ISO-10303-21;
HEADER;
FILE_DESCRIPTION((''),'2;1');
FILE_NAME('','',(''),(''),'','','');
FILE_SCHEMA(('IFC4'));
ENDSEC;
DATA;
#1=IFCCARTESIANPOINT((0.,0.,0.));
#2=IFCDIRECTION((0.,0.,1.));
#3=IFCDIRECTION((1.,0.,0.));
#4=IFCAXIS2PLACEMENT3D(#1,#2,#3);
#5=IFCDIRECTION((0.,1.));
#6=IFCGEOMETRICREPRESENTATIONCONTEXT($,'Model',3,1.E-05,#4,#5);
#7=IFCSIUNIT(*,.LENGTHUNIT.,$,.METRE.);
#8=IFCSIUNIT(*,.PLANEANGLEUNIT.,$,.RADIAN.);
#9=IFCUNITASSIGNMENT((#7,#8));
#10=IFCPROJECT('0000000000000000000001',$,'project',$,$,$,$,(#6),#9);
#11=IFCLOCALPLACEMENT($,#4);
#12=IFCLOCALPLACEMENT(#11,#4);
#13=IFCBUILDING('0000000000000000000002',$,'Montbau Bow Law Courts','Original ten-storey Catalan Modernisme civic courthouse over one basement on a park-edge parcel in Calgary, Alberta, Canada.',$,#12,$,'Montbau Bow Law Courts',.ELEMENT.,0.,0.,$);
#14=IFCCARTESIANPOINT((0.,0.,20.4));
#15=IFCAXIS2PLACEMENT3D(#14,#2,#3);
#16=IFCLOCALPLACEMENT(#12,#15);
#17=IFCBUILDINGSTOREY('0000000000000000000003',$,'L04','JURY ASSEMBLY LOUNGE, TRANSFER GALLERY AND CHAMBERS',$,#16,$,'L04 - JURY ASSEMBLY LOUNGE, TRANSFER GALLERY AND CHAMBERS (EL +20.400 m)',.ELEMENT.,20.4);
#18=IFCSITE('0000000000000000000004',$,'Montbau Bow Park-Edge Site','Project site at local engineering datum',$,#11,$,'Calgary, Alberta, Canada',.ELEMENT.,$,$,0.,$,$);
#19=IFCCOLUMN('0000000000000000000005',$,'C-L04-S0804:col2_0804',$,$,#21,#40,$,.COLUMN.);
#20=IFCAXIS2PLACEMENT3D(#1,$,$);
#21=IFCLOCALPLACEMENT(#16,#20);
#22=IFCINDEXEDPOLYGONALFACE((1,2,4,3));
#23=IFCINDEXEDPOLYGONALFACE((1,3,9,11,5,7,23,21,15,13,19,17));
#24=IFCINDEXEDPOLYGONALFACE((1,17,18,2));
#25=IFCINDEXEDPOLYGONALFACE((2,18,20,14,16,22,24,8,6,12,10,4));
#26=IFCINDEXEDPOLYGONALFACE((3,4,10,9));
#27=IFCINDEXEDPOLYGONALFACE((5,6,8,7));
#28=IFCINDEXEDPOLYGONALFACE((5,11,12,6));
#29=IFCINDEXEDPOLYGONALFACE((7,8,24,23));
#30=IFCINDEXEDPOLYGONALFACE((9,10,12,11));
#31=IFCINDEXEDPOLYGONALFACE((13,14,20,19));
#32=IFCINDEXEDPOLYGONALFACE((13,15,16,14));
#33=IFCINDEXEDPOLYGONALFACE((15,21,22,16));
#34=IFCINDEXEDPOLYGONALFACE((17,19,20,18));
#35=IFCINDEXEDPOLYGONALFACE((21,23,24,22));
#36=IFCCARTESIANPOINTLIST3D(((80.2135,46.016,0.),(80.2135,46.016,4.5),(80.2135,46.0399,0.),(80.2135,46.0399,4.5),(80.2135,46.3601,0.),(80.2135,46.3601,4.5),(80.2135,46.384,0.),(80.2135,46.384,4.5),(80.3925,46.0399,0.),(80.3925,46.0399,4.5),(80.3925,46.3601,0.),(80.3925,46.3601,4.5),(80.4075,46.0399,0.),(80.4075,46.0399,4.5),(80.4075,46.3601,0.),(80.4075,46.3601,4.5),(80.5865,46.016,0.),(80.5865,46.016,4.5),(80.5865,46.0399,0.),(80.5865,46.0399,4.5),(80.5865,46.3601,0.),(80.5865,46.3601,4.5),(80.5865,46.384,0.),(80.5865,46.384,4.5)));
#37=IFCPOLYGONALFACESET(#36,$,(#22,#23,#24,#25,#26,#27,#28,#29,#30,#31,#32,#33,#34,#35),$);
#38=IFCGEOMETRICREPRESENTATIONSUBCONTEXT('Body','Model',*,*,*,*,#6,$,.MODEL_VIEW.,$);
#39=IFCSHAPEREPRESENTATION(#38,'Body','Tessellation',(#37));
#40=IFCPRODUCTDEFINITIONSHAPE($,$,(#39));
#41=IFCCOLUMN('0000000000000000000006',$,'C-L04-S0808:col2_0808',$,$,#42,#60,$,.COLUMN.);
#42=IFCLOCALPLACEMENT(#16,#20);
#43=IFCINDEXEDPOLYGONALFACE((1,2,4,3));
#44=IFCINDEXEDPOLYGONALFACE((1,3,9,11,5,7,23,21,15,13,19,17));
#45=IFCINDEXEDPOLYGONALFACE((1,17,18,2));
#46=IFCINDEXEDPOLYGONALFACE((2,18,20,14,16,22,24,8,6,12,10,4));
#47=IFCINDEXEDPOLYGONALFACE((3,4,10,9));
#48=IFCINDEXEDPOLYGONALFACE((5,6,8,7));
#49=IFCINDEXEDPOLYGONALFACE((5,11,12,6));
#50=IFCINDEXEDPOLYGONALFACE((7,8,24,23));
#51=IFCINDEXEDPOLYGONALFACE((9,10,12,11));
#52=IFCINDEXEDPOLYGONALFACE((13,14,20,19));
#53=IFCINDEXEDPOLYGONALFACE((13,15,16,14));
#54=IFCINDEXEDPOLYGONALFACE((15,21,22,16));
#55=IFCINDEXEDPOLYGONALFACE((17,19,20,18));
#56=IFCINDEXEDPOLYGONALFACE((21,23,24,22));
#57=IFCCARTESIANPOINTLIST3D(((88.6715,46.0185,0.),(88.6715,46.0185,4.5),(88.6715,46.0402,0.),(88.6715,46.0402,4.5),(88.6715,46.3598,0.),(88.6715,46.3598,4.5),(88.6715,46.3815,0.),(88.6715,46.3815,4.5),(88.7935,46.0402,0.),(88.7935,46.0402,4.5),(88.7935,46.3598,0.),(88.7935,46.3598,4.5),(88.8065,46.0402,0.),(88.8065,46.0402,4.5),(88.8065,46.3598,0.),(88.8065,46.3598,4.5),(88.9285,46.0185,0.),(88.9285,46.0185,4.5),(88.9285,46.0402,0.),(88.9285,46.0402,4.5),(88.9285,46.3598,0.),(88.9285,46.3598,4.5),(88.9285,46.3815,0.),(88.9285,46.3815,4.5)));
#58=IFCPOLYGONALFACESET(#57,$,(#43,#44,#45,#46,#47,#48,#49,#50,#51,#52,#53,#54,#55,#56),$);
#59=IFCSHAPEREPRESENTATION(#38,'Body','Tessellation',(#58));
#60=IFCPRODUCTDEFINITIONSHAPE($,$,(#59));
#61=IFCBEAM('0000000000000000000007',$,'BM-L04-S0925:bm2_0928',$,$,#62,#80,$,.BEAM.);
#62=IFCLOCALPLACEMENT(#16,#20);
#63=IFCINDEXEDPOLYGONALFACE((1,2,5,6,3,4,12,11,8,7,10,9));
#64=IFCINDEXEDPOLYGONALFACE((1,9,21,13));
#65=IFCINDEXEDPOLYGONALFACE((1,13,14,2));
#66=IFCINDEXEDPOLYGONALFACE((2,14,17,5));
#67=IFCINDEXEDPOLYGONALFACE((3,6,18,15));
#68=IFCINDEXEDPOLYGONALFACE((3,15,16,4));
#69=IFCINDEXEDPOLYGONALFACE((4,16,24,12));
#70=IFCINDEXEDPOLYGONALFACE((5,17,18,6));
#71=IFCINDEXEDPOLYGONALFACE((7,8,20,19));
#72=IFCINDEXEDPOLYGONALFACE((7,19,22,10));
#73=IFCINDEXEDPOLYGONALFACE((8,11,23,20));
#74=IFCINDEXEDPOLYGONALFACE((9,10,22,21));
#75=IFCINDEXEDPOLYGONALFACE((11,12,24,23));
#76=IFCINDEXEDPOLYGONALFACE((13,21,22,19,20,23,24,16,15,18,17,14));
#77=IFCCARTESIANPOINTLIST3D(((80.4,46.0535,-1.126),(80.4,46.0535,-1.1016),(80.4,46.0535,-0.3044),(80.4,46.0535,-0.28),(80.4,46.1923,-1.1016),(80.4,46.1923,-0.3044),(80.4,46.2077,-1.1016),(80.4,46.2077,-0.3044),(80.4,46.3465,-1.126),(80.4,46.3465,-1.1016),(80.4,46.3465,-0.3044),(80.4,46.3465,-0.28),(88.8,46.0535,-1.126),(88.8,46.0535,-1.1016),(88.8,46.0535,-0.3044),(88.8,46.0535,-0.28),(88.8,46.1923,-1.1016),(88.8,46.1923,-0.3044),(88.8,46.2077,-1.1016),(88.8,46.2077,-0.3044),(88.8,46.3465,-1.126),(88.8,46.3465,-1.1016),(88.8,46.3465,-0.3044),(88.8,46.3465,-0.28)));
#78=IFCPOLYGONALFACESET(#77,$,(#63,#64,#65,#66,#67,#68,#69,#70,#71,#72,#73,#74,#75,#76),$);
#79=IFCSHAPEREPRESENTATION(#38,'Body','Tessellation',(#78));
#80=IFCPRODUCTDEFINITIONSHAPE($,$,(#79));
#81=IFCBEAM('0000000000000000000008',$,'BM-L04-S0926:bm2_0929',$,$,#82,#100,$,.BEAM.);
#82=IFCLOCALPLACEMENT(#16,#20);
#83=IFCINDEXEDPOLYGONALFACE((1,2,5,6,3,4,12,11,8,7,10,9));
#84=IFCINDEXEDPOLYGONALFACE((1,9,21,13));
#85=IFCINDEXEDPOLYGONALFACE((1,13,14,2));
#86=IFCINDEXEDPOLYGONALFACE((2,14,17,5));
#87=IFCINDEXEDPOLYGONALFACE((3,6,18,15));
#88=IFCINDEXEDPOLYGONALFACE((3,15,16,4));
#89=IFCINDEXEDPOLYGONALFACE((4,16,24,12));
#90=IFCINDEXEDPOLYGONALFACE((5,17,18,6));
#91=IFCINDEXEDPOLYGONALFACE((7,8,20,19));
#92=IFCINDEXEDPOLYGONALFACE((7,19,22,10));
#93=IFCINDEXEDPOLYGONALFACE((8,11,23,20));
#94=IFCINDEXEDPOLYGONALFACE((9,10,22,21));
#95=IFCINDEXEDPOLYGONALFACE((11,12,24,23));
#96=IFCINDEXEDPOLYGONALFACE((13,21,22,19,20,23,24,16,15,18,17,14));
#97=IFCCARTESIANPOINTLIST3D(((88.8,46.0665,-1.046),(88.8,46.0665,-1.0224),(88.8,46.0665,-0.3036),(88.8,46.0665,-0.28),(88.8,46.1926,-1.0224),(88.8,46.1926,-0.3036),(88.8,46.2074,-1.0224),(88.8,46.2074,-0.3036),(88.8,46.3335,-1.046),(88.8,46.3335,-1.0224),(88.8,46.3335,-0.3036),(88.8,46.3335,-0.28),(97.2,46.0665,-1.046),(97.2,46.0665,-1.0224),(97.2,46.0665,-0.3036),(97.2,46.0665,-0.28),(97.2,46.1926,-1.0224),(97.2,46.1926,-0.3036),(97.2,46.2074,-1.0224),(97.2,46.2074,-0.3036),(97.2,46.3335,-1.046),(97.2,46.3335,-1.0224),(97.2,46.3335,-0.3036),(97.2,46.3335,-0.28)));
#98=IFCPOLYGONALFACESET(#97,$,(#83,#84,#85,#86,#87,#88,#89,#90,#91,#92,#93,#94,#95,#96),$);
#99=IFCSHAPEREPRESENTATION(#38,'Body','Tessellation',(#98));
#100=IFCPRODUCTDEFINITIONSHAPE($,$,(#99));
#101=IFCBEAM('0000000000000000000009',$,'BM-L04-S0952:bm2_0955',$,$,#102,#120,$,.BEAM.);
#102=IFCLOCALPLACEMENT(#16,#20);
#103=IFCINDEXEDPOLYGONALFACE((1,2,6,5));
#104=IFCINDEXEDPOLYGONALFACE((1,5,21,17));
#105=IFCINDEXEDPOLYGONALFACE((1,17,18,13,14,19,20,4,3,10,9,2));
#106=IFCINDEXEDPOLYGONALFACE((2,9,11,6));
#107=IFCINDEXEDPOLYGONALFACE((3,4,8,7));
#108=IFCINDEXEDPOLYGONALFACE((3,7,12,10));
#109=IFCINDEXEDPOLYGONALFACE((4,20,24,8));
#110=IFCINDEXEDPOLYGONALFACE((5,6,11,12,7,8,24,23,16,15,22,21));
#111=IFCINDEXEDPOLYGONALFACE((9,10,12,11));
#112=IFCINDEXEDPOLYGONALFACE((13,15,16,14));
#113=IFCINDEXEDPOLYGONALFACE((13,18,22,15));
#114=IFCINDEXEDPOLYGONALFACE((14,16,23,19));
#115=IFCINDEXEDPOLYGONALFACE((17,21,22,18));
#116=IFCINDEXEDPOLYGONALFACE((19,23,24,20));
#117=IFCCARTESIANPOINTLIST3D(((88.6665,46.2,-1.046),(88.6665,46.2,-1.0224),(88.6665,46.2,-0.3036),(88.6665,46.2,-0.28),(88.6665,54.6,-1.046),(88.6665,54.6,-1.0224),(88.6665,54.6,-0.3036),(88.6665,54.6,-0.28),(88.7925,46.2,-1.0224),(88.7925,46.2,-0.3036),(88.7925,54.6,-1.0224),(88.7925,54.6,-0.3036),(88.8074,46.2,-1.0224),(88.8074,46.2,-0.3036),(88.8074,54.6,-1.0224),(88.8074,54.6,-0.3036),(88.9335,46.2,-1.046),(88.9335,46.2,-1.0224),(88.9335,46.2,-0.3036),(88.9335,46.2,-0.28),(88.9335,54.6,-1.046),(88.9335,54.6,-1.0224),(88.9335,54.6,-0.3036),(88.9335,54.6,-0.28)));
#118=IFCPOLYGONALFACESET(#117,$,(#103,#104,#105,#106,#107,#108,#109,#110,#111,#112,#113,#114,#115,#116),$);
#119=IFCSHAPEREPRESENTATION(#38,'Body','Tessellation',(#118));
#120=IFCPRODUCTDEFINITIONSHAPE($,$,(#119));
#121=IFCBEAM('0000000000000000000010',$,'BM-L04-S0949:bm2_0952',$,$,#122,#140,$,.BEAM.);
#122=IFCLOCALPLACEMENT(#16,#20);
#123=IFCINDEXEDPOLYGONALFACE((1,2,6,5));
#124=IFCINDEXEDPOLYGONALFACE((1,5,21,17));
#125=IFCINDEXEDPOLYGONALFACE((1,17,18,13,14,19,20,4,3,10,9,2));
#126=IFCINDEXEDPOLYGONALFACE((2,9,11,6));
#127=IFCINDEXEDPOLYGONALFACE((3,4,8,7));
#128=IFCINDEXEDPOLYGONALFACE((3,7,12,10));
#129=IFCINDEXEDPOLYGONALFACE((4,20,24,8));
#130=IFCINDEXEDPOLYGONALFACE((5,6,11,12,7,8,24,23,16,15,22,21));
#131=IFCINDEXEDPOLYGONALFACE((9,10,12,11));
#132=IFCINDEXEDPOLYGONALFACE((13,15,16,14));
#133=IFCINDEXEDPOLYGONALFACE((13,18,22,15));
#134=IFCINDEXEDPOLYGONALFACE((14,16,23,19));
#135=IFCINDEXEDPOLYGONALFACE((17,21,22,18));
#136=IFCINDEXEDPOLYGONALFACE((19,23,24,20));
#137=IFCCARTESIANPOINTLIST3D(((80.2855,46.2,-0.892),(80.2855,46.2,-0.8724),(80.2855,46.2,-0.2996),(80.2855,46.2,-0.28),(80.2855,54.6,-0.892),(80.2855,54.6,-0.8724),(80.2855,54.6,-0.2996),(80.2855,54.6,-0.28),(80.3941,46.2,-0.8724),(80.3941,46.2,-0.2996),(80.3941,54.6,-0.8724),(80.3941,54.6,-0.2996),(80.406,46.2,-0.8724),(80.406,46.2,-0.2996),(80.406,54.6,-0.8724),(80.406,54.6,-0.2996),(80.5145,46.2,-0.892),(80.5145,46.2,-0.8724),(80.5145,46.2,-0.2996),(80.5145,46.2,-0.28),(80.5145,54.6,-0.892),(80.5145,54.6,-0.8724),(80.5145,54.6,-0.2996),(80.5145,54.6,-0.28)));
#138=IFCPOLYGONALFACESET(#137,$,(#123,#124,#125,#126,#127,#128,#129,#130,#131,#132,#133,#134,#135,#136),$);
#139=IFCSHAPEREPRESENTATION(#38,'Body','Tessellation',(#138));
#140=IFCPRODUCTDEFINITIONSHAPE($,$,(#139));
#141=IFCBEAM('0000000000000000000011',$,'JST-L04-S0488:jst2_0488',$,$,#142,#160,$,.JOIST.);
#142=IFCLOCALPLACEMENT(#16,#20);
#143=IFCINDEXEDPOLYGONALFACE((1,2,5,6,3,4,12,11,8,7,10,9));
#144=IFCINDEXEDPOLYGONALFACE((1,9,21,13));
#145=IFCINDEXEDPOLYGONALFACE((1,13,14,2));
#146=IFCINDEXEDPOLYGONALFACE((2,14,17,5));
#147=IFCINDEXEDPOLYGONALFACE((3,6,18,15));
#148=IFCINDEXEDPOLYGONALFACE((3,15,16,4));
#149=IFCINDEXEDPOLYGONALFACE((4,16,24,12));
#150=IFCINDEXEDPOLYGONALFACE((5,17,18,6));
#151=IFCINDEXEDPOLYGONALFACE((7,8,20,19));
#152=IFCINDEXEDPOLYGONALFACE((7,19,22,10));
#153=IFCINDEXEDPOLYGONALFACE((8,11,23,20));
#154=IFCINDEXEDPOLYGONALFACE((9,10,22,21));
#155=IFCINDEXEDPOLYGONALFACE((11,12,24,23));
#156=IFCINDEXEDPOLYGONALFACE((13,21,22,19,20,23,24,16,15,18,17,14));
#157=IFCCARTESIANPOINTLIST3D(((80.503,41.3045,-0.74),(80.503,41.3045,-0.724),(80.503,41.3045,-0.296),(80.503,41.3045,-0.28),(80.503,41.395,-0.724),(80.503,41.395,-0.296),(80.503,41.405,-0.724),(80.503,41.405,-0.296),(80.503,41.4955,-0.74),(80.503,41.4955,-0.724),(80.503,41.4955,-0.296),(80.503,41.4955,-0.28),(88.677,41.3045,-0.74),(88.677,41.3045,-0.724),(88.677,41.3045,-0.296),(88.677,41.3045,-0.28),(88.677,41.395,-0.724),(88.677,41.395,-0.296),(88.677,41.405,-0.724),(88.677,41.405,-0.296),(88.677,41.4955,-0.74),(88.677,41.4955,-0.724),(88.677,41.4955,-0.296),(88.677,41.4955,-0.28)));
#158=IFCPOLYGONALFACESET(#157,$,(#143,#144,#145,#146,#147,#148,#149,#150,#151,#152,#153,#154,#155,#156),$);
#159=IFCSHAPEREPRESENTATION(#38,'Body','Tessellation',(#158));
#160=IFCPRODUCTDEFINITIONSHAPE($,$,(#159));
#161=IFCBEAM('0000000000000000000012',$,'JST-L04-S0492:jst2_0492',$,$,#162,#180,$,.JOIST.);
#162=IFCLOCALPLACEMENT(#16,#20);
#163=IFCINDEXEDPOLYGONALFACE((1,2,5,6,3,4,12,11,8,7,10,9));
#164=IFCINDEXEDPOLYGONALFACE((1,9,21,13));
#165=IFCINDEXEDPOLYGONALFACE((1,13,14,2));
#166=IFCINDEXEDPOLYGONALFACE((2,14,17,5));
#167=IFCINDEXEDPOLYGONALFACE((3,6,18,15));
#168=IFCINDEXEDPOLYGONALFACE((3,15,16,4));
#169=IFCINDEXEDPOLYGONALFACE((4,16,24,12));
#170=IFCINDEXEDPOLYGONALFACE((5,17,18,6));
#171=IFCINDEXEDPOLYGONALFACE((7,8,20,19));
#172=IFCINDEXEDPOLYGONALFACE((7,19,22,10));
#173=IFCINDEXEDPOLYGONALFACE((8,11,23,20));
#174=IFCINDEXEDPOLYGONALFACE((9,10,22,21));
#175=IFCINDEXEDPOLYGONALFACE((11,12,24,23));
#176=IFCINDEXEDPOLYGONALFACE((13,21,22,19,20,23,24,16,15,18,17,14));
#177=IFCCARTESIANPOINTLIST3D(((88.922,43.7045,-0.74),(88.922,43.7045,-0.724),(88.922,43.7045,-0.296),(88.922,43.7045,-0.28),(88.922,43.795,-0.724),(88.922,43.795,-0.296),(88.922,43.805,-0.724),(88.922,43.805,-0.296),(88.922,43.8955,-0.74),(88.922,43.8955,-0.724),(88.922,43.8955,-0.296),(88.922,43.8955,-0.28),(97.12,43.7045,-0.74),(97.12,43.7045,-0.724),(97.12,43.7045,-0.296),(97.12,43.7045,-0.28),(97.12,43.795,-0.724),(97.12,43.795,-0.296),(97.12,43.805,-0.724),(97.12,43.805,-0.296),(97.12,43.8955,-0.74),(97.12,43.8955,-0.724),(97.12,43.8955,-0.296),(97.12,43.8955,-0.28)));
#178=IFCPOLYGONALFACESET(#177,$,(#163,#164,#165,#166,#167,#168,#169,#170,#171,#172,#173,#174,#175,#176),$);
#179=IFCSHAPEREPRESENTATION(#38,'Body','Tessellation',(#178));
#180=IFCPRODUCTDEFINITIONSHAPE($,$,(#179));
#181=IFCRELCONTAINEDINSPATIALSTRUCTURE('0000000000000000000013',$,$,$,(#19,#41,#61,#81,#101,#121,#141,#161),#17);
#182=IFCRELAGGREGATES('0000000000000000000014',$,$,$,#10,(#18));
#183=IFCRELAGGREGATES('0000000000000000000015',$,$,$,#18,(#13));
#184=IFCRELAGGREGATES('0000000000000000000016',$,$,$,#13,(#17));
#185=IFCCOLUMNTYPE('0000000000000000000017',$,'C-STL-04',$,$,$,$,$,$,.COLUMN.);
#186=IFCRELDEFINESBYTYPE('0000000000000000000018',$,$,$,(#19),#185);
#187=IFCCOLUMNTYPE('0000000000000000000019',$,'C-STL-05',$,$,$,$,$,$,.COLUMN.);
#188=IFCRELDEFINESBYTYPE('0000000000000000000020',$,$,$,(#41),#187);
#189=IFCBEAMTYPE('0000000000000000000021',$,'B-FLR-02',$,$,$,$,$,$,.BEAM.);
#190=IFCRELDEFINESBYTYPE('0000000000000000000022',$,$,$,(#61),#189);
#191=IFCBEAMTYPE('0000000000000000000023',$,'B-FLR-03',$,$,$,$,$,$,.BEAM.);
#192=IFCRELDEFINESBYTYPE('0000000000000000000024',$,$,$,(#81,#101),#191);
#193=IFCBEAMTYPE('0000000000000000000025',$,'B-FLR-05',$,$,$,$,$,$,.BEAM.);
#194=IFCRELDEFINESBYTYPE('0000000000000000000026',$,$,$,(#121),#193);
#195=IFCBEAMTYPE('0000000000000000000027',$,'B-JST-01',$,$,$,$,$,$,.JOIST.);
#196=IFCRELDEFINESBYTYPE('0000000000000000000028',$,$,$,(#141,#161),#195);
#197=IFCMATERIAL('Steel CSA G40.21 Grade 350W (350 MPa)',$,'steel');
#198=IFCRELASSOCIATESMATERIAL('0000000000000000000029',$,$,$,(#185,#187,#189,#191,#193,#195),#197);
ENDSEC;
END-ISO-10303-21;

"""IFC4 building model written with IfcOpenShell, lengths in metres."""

from ifc_helpers import new_model, si_unit, direction, frame, origin_with_axes, origin_2d_with_axis, place, context, subcontext, project, spatial, i_section, extrude, material, material_profile, profile_set, type_object, element, save


model = new_model("IFC4")

# Units and contexts
model_context = context("Model", 3, precision=1e-05, world=origin_with_axes(), true_north=direction((0.0, 1.0)))
body_context = subcontext(model_context, "Body", "Model", "MODEL_VIEW")
ifc_project = project(units=[si_unit("LENGTHUNIT", "METRE"), si_unit("PLANEANGLEUNIT", "RADIAN")], contexts=[model_context])

# Site, building, storey
site_placement = place(None, origin_with_axes())
site = spatial("IfcSite", under=ifc_project, at=site_placement, Name="Montbau Bow Park-Edge Site", Description="Project site at local engineering datum", LongName="Calgary, Alberta, Canada", CompositionType="ELEMENT", RefElevation=0.0)
building_placement = place(site_placement, origin_with_axes())
building = spatial("IfcBuilding", under=site, at=building_placement, Name="Montbau Bow Law Courts", Description="Original ten-storey Catalan Modernisme civic courthouse over one basement on a park-edge parcel in Calgary, Alberta, Canada.", LongName="Montbau Bow Law Courts", CompositionType="ELEMENT", ElevationOfRefHeight=0.0, ElevationOfTerrain=0.0)
storey_placement = place(building_placement, frame((0.0, 0.0, 20.4), z_axis=(0.0, 0.0, 1.0), x_axis=(1.0, 0.0, 0.0)))
storey = spatial("IfcBuildingStorey", under=building, at=storey_placement, Name="L04", Description="JURY ASSEMBLY LOUNGE, TRANSFER GALLERY AND CHAMBERS", LongName="L04 - JURY ASSEMBLY LOUNGE, TRANSFER GALLERY AND CHAMBERS (EL +20.400 m)", CompositionType="ELEMENT", Elevation=20.4)

# Columns
ifc_material_1 = material(Name="Steel CSA G40.21 Grade 350W (350 MPa)", Category="steel")
ifc_material_profile_1 = material_profile(ifc_material_1, i_section(OverallWidth=0.373, OverallDepth=0.368, WebThickness=0.015, FlangeThickness=0.0239, at=origin_2d_with_axis()), Name="W360X179", Category="Main", Priority=0)
ifc_profile_set_1 = profile_set([ifc_material_profile_1], Name="Steel CSA G40.21 Grade 350W (350 MPa)")
column_type_1 = type_object("IfcColumnType", Name="C-STL-04", PredefinedType="COLUMN", material=ifc_profile_set_1)
column_1_placement = place(None, frame((80.4, 46.2, 20.4), z_axis=(0.0, 0.0, 1.0), x_axis=(1.0, 0.0, 0.0)))
element("IfcColumn", 1, at=column_1_placement, inside=storey, type_object=column_type_1, Name="C-L04-S0804:col2_0804", PredefinedType="COLUMN", context=body_context, shape_type="SweptSolid", body=[
    extrude(i_section(OverallWidth=0.373, OverallDepth=0.368, WebThickness=0.015, FlangeThickness=0.0239, at=origin_2d_with_axis()), origin_with_axes(), (0.0, 0.0, 1.0), 4.5),
])
ifc_material_profile_2 = material_profile(ifc_material_1, i_section(OverallWidth=0.257, OverallDepth=0.363, WebThickness=0.013, FlangeThickness=0.0217, at=origin_2d_with_axis()), Name="W360X122", Category="Main", Priority=0)
ifc_profile_set_2 = profile_set([ifc_material_profile_2], Name="Steel CSA G40.21 Grade 350W (350 MPa)")
column_type_2 = type_object("IfcColumnType", Name="C-STL-05", PredefinedType="COLUMN", material=ifc_profile_set_2)
column_2_placement = place(None, frame((88.8, 46.2, 20.4), z_axis=(0.0, 0.0, 1.0), x_axis=(1.0, 0.0, 0.0)))
element("IfcColumn", 2, at=column_2_placement, inside=storey, type_object=column_type_2, Name="C-L04-S0808:col2_0808", PredefinedType="COLUMN", context=body_context, shape_type="SweptSolid", body=[
    extrude(i_section(OverallWidth=0.257, OverallDepth=0.363, WebThickness=0.013, FlangeThickness=0.0217, at=origin_2d_with_axis()), origin_with_axes(), (0.0, 0.0, 1.0), 4.5),
])

# Beams
ifc_material_profile_3 = material_profile(ifc_material_1, i_section(OverallWidth=0.293, OverallDepth=0.846, WebThickness=0.0154, FlangeThickness=0.0244, at=origin_2d_with_axis()), Name="W840X210", Category="Main", Priority=0)
ifc_profile_set_3 = profile_set([ifc_material_profile_3], Name="Steel CSA G40.21 Grade 350W (350 MPa)")
beam_type_1 = type_object("IfcBeamType", Name="B-FLR-02", PredefinedType="BEAM", material=ifc_profile_set_3)
beam_1_placement = place(None, frame((80.4, 46.2, 19.697), z_axis=(1.0, 0.0, 0.0), x_axis=(0.0, 1.0, 0.0)))
element("IfcBeam", 3, at=beam_1_placement, inside=storey, type_object=beam_type_1, Name="BM-L04-S0925:bm2_0928", PredefinedType="BEAM", context=body_context, shape_type="SweptSolid", body=[
    extrude(i_section(OverallWidth=0.293, OverallDepth=0.846, WebThickness=0.0154, FlangeThickness=0.0244, at=origin_2d_with_axis()), origin_with_axes(), (0.0, 0.0, 1.0), 8.4),
])
ifc_material_profile_4 = material_profile(ifc_material_1, i_section(OverallWidth=0.267, OverallDepth=0.766, WebThickness=0.0149, FlangeThickness=0.0236, at=origin_2d_with_axis()), Name="W760X185", Category="Main", Priority=0)
ifc_profile_set_4 = profile_set([ifc_material_profile_4], Name="Steel CSA G40.21 Grade 350W (350 MPa)")
beam_type_2 = type_object("IfcBeamType", Name="B-FLR-03", PredefinedType="BEAM", material=ifc_profile_set_4)
for number, where, z_axis, x_axis, name in (
    (4, (88.8, 46.2, 19.737), (1.0, 0.0, 0.0), (0.0, 1.0, 0.0), "BM-L04-S0926:bm2_0929"),
    (5, (88.8, 46.2, 19.737), (0.0, 1.0, 0.0), (-1.0, 0.0, 0.0), "BM-L04-S0952:bm2_0955"),
):
    element("IfcBeam", number, at=place(None, frame(where, z_axis=z_axis, x_axis=x_axis)), inside=storey, type_object=beam_type_2, Name=name, PredefinedType="BEAM", context=body_context, shape_type="SweptSolid", body=[
        extrude(i_section(OverallWidth=0.267, OverallDepth=0.766, WebThickness=0.0149, FlangeThickness=0.0236, at=origin_2d_with_axis()), origin_with_axes(), (0.0, 0.0, 1.0), 8.4),
    ])
ifc_material_profile_5 = material_profile(ifc_material_1, i_section(OverallWidth=0.229, OverallDepth=0.612, WebThickness=0.0119, FlangeThickness=0.0196, at=origin_2d_with_axis()), Name="W610X125", Category="Main", Priority=0)
ifc_profile_set_5 = profile_set([ifc_material_profile_5], Name="Steel CSA G40.21 Grade 350W (350 MPa)")
beam_type_3 = type_object("IfcBeamType", Name="B-FLR-05", PredefinedType="BEAM", material=ifc_profile_set_5)
beam_2_placement = place(None, frame((80.4, 46.2, 19.814), z_axis=(0.0, 1.0, 0.0), x_axis=(-1.0, 0.0, 0.0)))
element("IfcBeam", 6, at=beam_2_placement, inside=storey, type_object=beam_type_3, Name="BM-L04-S0949:bm2_0952", PredefinedType="BEAM", context=body_context, shape_type="SweptSolid", body=[
    extrude(i_section(OverallWidth=0.229, OverallDepth=0.612, WebThickness=0.0119, FlangeThickness=0.0196, at=origin_2d_with_axis()), origin_with_axes(), (0.0, 0.0, 1.0), 8.4),
])
ifc_material_profile_6 = material_profile(ifc_material_1, i_section(OverallWidth=0.191, OverallDepth=0.46, WebThickness=0.0099, FlangeThickness=0.016, at=origin_2d_with_axis()), Name="W460X82", Category="Main", Priority=0)
ifc_profile_set_6 = profile_set([ifc_material_profile_6], Name="Steel CSA G40.21 Grade 350W (350 MPa)")
beam_type_4 = type_object("IfcBeamType", Name="B-JST-01", PredefinedType="JOIST", material=ifc_profile_set_6)
beam_3_placement = place(None, frame((80.503, 41.4, 19.89), z_axis=(1.0, 0.0, 0.0), x_axis=(0.0, 1.0, 0.0)))
element("IfcBeam", 7, at=beam_3_placement, inside=storey, type_object=beam_type_4, Name="JST-L04-S0488:jst2_0488", PredefinedType="JOIST", context=body_context, shape_type="SweptSolid", body=[
    extrude(i_section(OverallWidth=0.191, OverallDepth=0.46, WebThickness=0.0099, FlangeThickness=0.016, at=origin_2d_with_axis()), origin_with_axes(), (0.0, 0.0, 1.0), 8.174),
])
beam_4_placement = place(None, frame((88.922, 43.8, 19.89), z_axis=(1.0, 0.0, 0.0), x_axis=(0.0, 1.0, 0.0)))
element("IfcBeam", 8, at=beam_4_placement, inside=storey, type_object=beam_type_4, Name="JST-L04-S0492:jst2_0492", PredefinedType="JOIST", context=body_context, shape_type="SweptSolid", body=[
    extrude(i_section(OverallWidth=0.191, OverallDepth=0.46, WebThickness=0.0099, FlangeThickness=0.016, at=origin_2d_with_axis()), origin_with_axes(), (0.0, 0.0, 1.0), 8.198),
])

save(model, "model.ifc")
